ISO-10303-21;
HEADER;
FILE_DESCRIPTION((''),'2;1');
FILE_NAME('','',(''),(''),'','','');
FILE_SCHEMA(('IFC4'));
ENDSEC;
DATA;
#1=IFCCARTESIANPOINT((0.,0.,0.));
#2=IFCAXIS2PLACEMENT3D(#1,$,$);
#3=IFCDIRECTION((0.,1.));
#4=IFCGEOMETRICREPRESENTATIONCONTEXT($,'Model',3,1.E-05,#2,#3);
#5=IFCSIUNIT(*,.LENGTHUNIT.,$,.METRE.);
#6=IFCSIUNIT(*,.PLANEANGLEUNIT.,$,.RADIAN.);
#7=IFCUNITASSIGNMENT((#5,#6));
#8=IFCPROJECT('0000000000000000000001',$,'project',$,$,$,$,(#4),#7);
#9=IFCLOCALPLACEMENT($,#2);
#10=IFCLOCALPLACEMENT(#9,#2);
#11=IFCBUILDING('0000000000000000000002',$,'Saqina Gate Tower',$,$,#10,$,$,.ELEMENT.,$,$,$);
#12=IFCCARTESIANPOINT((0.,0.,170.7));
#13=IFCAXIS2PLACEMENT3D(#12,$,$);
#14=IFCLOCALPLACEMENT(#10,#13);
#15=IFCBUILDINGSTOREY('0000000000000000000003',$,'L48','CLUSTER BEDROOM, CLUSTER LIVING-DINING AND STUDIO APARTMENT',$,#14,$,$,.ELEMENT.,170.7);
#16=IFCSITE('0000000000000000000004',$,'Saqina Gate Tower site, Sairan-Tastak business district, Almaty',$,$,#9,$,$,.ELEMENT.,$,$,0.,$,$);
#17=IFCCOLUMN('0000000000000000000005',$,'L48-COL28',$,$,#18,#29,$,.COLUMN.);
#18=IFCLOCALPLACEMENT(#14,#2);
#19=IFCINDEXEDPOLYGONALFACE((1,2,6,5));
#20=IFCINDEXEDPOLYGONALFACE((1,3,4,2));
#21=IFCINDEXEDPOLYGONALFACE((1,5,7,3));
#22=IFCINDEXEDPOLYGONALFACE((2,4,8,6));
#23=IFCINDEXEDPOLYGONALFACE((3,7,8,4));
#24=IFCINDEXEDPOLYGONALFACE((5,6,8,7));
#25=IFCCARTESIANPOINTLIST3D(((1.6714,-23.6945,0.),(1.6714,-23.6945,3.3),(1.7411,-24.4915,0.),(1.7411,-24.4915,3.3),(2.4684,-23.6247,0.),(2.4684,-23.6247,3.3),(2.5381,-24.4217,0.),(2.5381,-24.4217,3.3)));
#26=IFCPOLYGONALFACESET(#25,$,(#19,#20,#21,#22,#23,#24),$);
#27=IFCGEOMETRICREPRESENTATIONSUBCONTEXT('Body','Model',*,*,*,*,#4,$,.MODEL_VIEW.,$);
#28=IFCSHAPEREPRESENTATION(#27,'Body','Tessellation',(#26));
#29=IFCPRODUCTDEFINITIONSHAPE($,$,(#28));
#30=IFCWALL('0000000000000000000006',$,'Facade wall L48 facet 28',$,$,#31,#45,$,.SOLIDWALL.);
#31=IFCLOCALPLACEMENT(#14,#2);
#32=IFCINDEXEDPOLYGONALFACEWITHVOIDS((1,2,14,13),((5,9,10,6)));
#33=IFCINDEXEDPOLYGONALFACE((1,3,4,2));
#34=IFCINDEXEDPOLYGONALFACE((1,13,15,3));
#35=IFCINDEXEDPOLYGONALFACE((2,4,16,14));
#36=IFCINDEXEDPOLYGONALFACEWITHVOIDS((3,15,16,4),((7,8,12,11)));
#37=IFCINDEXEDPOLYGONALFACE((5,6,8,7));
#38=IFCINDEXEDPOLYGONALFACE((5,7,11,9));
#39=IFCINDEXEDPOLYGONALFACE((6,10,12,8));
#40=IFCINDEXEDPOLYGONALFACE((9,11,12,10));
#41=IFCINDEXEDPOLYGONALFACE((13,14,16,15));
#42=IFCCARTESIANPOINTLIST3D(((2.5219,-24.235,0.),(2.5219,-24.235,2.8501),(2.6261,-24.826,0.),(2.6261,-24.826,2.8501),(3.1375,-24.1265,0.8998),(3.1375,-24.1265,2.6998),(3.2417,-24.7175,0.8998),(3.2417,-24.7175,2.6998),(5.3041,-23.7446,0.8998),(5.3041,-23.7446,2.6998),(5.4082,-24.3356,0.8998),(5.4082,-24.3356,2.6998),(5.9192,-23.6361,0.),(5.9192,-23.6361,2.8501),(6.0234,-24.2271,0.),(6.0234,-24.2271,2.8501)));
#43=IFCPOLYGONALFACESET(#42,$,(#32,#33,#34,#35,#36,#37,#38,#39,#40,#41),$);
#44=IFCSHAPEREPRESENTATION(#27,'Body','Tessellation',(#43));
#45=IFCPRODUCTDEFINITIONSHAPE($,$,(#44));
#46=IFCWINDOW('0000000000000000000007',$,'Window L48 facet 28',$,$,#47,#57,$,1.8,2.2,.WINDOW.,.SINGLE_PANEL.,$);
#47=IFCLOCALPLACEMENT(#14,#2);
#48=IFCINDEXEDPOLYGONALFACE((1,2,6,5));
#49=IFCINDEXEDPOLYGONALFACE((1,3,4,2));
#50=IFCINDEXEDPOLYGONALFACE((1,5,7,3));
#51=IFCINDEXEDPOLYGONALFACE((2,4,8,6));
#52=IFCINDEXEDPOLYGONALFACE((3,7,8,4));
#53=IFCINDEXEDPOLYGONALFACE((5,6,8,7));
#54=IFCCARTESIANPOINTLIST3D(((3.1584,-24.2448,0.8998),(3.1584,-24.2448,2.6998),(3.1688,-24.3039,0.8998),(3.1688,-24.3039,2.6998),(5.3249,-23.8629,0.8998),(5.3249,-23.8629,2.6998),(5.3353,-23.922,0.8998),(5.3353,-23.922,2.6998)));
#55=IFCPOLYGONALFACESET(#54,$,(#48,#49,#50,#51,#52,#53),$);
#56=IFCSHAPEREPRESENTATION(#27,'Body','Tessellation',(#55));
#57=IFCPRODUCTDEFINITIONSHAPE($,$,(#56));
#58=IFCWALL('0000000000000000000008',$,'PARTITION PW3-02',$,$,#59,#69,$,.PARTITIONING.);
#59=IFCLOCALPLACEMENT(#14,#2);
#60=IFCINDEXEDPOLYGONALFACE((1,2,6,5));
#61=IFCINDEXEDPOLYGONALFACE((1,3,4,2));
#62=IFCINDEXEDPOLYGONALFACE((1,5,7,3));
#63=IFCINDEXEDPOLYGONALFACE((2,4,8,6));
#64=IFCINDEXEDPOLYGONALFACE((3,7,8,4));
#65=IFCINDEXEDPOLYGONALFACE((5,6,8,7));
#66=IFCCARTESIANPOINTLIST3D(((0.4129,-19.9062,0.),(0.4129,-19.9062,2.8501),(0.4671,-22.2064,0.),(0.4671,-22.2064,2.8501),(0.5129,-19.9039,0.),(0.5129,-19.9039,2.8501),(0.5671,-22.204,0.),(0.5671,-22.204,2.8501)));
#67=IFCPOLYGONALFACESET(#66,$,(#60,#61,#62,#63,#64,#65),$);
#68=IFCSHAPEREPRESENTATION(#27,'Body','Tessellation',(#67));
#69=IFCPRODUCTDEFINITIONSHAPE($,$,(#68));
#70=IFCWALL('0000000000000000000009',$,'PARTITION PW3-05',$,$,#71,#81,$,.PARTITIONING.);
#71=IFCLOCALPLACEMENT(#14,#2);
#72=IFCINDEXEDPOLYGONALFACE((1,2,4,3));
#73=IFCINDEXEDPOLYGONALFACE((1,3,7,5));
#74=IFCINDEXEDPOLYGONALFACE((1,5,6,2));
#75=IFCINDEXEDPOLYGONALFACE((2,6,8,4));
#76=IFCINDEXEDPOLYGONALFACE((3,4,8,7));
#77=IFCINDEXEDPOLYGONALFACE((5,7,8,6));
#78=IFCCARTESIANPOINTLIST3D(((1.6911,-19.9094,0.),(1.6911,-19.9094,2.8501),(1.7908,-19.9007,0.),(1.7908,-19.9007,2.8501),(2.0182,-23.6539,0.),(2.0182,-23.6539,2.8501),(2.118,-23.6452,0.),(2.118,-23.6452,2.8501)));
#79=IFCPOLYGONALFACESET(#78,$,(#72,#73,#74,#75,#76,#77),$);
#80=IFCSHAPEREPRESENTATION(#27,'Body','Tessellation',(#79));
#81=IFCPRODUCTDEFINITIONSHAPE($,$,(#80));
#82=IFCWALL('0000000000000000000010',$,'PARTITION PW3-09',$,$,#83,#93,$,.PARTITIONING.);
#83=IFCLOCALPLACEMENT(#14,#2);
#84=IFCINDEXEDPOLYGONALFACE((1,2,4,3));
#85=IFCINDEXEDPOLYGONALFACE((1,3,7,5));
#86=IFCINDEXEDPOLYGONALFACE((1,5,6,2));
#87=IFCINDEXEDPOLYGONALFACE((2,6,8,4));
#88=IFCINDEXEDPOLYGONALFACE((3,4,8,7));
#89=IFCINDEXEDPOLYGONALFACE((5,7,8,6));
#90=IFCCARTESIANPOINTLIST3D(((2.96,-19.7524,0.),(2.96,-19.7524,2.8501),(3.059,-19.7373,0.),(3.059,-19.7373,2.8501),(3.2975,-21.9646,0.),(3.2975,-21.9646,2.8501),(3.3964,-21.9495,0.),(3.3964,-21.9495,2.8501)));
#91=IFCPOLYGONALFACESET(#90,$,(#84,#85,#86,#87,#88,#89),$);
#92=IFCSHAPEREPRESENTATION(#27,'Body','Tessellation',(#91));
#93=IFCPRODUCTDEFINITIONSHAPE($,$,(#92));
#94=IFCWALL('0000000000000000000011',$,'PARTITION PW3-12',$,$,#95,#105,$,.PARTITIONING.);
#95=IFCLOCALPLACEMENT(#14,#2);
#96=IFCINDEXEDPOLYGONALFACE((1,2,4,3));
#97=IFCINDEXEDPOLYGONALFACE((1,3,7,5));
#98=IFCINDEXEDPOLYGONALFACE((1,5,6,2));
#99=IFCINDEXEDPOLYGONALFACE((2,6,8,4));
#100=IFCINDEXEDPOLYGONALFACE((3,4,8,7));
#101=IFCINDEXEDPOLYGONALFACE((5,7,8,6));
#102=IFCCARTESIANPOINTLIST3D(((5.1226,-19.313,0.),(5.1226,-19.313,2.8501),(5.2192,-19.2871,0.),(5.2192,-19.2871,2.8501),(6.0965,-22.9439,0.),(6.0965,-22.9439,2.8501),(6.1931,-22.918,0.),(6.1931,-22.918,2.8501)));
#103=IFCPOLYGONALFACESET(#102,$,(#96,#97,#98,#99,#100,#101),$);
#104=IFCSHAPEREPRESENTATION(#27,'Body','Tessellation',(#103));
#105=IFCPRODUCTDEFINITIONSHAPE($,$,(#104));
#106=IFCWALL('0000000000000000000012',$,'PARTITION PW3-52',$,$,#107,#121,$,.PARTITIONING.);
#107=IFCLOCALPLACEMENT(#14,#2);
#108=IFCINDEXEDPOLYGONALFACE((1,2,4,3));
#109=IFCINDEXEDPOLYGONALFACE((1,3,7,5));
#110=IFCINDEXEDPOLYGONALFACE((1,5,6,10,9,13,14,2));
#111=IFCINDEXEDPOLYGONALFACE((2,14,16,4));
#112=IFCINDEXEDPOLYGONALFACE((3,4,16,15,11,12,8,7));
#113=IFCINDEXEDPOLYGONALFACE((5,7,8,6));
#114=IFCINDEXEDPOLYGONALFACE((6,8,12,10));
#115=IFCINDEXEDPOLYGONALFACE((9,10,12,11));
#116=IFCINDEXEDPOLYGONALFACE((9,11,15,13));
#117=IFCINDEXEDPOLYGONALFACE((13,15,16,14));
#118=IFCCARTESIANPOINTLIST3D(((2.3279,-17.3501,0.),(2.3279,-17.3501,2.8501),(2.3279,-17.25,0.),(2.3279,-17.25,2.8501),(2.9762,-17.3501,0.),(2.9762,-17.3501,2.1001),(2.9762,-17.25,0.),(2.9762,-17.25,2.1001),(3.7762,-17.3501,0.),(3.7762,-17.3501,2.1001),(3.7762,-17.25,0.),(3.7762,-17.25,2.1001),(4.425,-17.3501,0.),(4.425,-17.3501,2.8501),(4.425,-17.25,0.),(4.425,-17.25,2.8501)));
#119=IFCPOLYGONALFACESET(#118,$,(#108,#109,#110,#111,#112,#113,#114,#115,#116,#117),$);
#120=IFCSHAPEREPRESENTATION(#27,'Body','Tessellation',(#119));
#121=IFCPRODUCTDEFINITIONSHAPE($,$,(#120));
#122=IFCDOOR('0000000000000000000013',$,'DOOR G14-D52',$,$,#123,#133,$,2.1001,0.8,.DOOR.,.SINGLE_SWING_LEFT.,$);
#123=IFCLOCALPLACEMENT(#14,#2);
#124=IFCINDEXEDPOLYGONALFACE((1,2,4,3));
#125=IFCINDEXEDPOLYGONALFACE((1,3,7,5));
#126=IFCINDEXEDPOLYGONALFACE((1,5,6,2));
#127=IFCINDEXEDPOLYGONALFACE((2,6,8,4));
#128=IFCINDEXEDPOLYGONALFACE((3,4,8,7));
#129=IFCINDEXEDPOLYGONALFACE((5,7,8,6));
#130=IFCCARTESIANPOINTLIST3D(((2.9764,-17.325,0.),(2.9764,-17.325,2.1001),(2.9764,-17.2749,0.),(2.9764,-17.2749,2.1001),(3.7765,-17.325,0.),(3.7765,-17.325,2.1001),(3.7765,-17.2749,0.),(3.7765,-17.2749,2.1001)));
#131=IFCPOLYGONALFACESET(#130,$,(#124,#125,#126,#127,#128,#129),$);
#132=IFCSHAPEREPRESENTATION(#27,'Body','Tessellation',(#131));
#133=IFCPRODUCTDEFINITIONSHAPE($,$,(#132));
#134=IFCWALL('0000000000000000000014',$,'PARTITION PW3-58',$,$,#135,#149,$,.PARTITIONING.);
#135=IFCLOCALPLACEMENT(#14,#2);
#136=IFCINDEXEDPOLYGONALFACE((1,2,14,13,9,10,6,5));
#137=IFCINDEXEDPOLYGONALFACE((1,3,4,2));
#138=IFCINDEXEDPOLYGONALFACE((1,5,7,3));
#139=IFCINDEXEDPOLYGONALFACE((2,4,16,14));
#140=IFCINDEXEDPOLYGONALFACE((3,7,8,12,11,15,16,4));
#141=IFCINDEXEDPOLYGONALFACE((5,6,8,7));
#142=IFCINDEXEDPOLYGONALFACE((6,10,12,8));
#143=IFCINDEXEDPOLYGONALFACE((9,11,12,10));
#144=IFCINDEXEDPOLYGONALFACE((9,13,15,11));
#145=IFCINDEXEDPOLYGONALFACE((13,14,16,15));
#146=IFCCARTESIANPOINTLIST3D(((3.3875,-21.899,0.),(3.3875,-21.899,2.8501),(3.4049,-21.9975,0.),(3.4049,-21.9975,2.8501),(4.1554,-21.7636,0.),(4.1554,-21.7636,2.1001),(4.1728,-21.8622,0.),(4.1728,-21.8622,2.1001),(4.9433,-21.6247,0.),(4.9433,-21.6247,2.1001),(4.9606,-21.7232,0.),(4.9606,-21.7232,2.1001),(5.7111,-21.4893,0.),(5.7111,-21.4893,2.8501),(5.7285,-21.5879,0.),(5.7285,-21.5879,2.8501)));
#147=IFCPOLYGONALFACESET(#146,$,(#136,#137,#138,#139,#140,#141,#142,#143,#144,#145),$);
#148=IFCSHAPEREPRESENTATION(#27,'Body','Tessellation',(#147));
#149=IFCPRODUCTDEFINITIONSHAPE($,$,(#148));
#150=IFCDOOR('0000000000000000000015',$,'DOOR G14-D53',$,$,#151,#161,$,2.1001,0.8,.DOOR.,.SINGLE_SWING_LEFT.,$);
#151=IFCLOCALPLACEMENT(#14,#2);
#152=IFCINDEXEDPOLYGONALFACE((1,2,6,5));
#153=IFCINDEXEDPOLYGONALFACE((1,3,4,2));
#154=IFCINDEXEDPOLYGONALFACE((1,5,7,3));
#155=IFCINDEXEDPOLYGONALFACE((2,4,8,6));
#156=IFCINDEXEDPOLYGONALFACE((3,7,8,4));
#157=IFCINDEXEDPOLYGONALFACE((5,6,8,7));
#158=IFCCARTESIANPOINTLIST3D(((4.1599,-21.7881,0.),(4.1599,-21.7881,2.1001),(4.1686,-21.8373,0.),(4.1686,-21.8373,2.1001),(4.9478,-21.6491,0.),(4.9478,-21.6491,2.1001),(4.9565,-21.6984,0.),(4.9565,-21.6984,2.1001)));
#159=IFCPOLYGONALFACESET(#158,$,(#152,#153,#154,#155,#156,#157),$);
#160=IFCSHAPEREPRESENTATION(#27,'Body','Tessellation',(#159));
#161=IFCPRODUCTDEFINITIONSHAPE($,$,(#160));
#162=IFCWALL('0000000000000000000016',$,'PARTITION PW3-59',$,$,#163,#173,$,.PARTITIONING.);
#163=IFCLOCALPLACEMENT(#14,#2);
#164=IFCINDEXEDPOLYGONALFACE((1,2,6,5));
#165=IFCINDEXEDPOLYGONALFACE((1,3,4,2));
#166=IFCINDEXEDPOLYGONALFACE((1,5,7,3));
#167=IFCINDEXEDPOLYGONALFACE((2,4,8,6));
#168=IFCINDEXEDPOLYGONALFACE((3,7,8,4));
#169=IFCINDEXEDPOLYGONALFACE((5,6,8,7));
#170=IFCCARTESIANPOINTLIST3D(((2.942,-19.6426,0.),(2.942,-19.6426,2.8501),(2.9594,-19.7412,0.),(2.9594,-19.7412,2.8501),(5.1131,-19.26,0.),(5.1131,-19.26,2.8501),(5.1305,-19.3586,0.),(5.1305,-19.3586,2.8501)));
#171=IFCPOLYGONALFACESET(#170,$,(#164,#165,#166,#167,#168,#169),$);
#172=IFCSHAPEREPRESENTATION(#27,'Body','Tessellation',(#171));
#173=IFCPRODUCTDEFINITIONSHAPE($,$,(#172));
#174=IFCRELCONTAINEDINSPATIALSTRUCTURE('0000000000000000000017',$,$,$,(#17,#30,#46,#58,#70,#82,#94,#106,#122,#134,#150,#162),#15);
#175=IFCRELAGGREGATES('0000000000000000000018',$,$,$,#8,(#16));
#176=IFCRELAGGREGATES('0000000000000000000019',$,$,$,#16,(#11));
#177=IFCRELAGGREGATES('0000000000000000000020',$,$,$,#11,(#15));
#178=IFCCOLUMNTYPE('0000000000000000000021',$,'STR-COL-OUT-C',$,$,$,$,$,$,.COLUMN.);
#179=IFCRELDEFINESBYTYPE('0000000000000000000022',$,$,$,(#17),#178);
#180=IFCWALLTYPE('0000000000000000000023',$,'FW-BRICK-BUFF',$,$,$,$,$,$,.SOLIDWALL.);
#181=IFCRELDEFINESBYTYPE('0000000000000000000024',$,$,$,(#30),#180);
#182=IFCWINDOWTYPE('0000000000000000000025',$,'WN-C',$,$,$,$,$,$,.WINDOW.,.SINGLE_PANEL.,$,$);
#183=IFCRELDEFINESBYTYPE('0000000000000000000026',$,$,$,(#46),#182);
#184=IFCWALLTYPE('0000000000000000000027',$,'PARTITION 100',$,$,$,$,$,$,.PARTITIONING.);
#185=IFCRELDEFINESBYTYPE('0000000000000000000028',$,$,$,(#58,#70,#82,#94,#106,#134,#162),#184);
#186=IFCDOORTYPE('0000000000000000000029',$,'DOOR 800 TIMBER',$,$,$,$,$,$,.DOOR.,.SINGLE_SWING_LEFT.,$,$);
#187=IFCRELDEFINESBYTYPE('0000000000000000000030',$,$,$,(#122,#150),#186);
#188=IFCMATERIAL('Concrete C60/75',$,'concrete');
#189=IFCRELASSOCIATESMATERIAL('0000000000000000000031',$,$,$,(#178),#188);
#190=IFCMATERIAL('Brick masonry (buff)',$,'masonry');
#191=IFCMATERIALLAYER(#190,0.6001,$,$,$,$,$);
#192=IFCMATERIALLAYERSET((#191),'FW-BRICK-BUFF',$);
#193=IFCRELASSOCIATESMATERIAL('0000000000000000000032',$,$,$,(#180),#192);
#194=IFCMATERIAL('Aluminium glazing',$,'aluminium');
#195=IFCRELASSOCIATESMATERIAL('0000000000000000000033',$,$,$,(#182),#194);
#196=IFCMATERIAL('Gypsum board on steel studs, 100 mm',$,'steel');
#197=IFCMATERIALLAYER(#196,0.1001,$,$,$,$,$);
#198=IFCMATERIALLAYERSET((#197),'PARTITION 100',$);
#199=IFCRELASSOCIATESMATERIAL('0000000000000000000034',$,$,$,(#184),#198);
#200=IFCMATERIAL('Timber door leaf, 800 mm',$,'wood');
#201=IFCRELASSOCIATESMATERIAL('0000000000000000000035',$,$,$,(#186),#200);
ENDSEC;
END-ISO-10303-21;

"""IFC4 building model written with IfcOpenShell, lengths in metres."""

from ifc_helpers import new_model, si_unit, direction, frame, frame_2d, origin, origin_2d, place, context, subcontext, project, spatial, rectangle, extrude, material, layer, layer_set, material_profile, profile_set, type_object, element, fill, save


model = new_model("IFC4")

# Units and contexts
model_context = context("Model", 3, precision=1e-05, world=origin(), true_north=direction((0.0, 1.0)))
body_context = subcontext(model_context, "Body", "Model", "MODEL_VIEW")
ifc_project = project(units=[si_unit("LENGTHUNIT", "METRE"), si_unit("PLANEANGLEUNIT", "RADIAN")], contexts=[model_context])

# Site, building, storey
site_placement = place(None, origin())
site = spatial("IfcSite", under=ifc_project, at=site_placement, Name="Saqina Gate Tower site, Sairan-Tastak business district, Almaty", CompositionType="ELEMENT", RefElevation=0.0)
building_placement = place(site_placement, origin())
building = spatial("IfcBuilding", under=site, at=building_placement, Name="Saqina Gate Tower", CompositionType="ELEMENT")
storey_placement = place(building_placement, frame((0.0, 0.0, 170.7)))
storey = spatial("IfcBuildingStorey", under=building, at=storey_placement, Name="L48", Description="CLUSTER BEDROOM, CLUSTER LIVING-DINING AND STUDIO APARTMENT", CompositionType="ELEMENT", Elevation=170.7)

# Column
ifc_material_1 = material(Name="Concrete C60/75", Category="concrete")
ifc_material_profile = material_profile(ifc_material_1, rectangle(XDim=0.8, YDim=0.8, at=origin_2d()), Name="RC 800x800")
ifc_profile_set = profile_set([ifc_material_profile], Name="Concrete C60/75")
column_type = type_object("IfcColumnType", Name="STR-COL-OUT-C", PredefinedType="COLUMN", material=ifc_profile_set)
column_placement = place(storey_placement, frame((2.1047, -24.0581, 0.0), z_axis=(0.0, 0.0, 1.0), x_axis=(0.087156, -0.996195, 0.0)))
element("IfcColumn", 1, at=column_placement, inside=storey, type_object=column_type, Name="L48-COL28", PredefinedType="COLUMN", context=body_context, shape_type="SweptSolid", body=[
    extrude(rectangle(XDim=0.8, YDim=0.8, at=origin_2d()), origin(), (0.0, 0.0, 1.0), 3.3),
])

# Wall, opening, window
ifc_material_2 = material(Name="Brick masonry (buff)", Category="masonry")
ifc_layer_1 = layer(ifc_material_2, 0.6001)
ifc_layer_set_1 = layer_set([ifc_layer_1], Name="FW-BRICK-BUFF")
wall_type_1 = type_object("IfcWallType", Name="FW-BRICK-BUFF", PredefinedType="SOLIDWALL", material=ifc_layer_set_1)
wall_1_placement = place(storey_placement, frame((2.574, -24.5305, 0.0), z_axis=(0.0, 0.0, 1.0), x_axis=(0.984815, 0.173608, 0.0)))
wall_1 = element("IfcWall", 2, at=wall_1_placement, inside=storey, type_object=wall_type_1, Name="Facade wall L48 facet 28", PredefinedType="SOLIDWALL", context=body_context, shape_type="SweptSolid", body=[
    extrude(rectangle(XDim=3.4497, YDim=0.6001, at=frame_2d((1.7249, 0.0))), origin(), (0.0, 0.0, 1.0), 2.8501),
])
opening_1_placement = place(wall_1_placement, frame((0.625, 0.0, 0.8999)))
opening_1 = element("IfcOpeningElement", 3, at=opening_1_placement, cuts=wall_1, PredefinedType="OPENING", context=body_context, shape_type="SweptSolid", body=[
    extrude(rectangle(XDim=2.2, YDim=1.8, at=frame_2d((1.1001, 0.8999))), frame((0.0, 0.312, 0.0), z_axis=(0.0, -1.0, 0.0), x_axis=(1.0, 0.0, 0.0)), (0.0, 0.0, 1.0), 0.624),
])
ifc_material_3 = material(Name="Aluminium glazing", Category="aluminium")
window_type = type_object("IfcWindowType", Name="WN-C", PartitioningType="SINGLE_PANEL", PredefinedType="WINDOW", material=ifc_material_3)
window_placement = place(opening_1_placement, origin())
window = element("IfcWindow", 4, at=window_placement, inside=storey, type_object=window_type, Name="Window L48 facet 28", OverallHeight=1.8, OverallWidth=2.2, PartitioningType="SINGLE_PANEL", PredefinedType="WINDOW", context=body_context, shape_type="SweptSolid", body=[
    extrude(rectangle(XDim=2.2, YDim=1.8, at=frame_2d((1.1001, 0.8999))), frame((0.0, 0.1799, 0.0), z_axis=(0.0, -1.0, 0.0), x_axis=(1.0, 0.0, 0.0)), (0.0, 0.0, 1.0), 0.0601),
])
fill(opening_1, window)

# Walls
ifc_material_4 = material(Name="Gypsum board on steel studs, 100 mm", Category="steel")
ifc_layer_2 = layer(ifc_material_4, 0.1001)
ifc_layer_set_2 = layer_set([ifc_layer_2], Name="PARTITION 100")
wall_type_2 = type_object("IfcWallType", Name="PARTITION 100", PredefinedType="PARTITIONING", material=ifc_layer_set_2)
wall_2_placement = place(storey_placement, frame((0.4629, -19.905, 0.0), z_axis=(0.0, 0.0, 1.0), x_axis=(0.023558, -0.999722, 0.0)))
element("IfcWall", 5, at=wall_2_placement, inside=storey, type_object=wall_type_2, Name="PARTITION PW3-02", PredefinedType="PARTITIONING", context=body_context, shape_type="SweptSolid", body=[
    extrude(rectangle(XDim=2.3008, YDim=0.1001, at=frame_2d((1.1504, 0.0))), origin(), (0.0, 0.0, 1.0), 2.8501),
])
wall_3_placement = place(storey_placement, frame((1.741, -19.905, 0.0), z_axis=(0.0, 0.0, 1.0), x_axis=(0.087033, -0.996205, 0.0)))
element("IfcWall", 6, at=wall_3_placement, inside=storey, type_object=wall_type_2, Name="PARTITION PW3-05", PredefinedType="PARTITIONING", context=body_context, shape_type="SweptSolid", body=[
    extrude(rectangle(XDim=3.7588, YDim=0.1001, at=frame_2d((1.8794, 0.0))), origin(), (0.0, 0.0, 1.0), 2.8501),
])
wall_4_placement = place(storey_placement, frame((3.0095, -19.7449, 0.0), z_axis=(0.0, 0.0, 1.0), x_axis=(0.150778, -0.988568, 0.0)))
element("IfcWall", 7, at=wall_4_placement, inside=storey, type_object=wall_type_2, Name="PARTITION PW3-09", PredefinedType="PARTITIONING", context=body_context, shape_type="SweptSolid", body=[
    extrude(rectangle(XDim=2.2378, YDim=0.1001, at=frame_2d((1.1189, 0.0))), origin(), (0.0, 0.0, 1.0), 2.8501),
])
wall_5_placement = place(storey_placement, frame((5.1709, -19.3, 0.0), z_axis=(0.0, 0.0, 1.0), x_axis=(0.259065, -0.96586, 0.0)))
element("IfcWall", 8, at=wall_5_placement, inside=storey, type_object=wall_type_2, Name="PARTITION PW3-12", PredefinedType="PARTITIONING", context=body_context, shape_type="SweptSolid", body=[
    extrude(rectangle(XDim=3.7593, YDim=0.1001, at=frame_2d((1.8796, 0.0))), origin(), (0.0, 0.0, 1.0), 2.8501),
])

# Walls, openings, doors
wall_6_placement = place(storey_placement, frame((2.3279, -17.3, 0.0), z_axis=(0.0, 0.0, 1.0), x_axis=(1.0, 0.0, 0.0)))
wall_6 = element("IfcWall", 9, at=wall_6_placement, inside=storey, type_object=wall_type_2, Name="PARTITION PW3-52", PredefinedType="PARTITIONING", context=body_context, shape_type="SweptSolid", body=[
    extrude(rectangle(XDim=2.0972, YDim=0.1001, at=frame_2d((1.0486, 0.0))), origin(), (0.0, 0.0, 1.0), 2.8501),
])
opening_2_placement = place(wall_6_placement, frame((0.6484, 0.0, 0.0)))
opening_2 = element("IfcOpeningElement", 10, at=opening_2_placement, cuts=wall_6, PredefinedType="OPENING", context=body_context, shape_type="SweptSolid", body=[
    extrude(rectangle(XDim=0.8, YDim=2.1001, at=frame_2d((0.3999, 1.05))), frame((0.0, 0.062, 0.0), z_axis=(0.0, -1.0, 0.0), x_axis=(1.0, 0.0, 0.0)), (0.0, 0.0, 1.0), 0.124),
])
ifc_material_5 = material(Name="Timber door leaf, 800 mm", Category="wood")
door_type_1 = type_object("IfcDoorType", Name="DOOR 800 TIMBER", OperationType="SINGLE_SWING_LEFT", PredefinedType="DOOR", material=ifc_material_5)
door_1_placement = place(opening_2_placement, frame((0.8, 0.0, 0.0), z_axis=(0.0, 0.0, 1.0), x_axis=(-1.0, 0.0, 0.0)))
door_1 = element("IfcDoor", 11, at=door_1_placement, inside=storey, type_object=door_type_1, Name="DOOR G14-D52", OperationType="SINGLE_SWING_LEFT", OverallHeight=2.1001, OverallWidth=0.8, PredefinedType="DOOR", context=body_context, shape_type="SweptSolid", body=[
    extrude(rectangle(XDim=0.8, YDim=2.1001, at=frame_2d((0.3999, 1.05))), frame((0.0, 0.0249, 0.0), z_axis=(0.0, -1.0, 0.0), x_axis=(1.0, 0.0, 0.0)), (0.0, 0.0, 1.0), 0.05),
])
fill(opening_2, door_1)
wall_7_placement = place(storey_placement, frame((3.3962, -21.9482, 0.0), z_axis=(0.0, 0.0, 1.0), x_axis=(0.98481, 0.173638, 0.0)))
wall_7 = element("IfcWall", 12, at=wall_7_placement, inside=storey, type_object=wall_type_2, Name="PARTITION PW3-58", PredefinedType="PARTITIONING", context=body_context, shape_type="SweptSolid", body=[
    extrude(rectangle(XDim=2.3594, YDim=0.1001, at=frame_2d((1.1797, 0.0))), origin(), (0.0, 0.0, 1.0), 2.8501),
])
opening_3_placement = place(wall_7_placement, frame((0.7798, 0.0, 0.0)))
opening_3 = element("IfcOpeningElement", 13, at=opening_3_placement, cuts=wall_7, PredefinedType="OPENING", context=body_context, shape_type="SweptSolid", body=[
    extrude(rectangle(XDim=0.8, YDim=2.1001, at=frame_2d((0.3999, 1.05))), frame((0.0, 0.062, 0.0), z_axis=(0.0, -1.0, 0.0), x_axis=(1.0, 0.0, 0.0)), (0.0, 0.0, 1.0), 0.124),
])
door_2_placement = place(opening_3_placement, frame((0.8, 0.0, 0.0), z_axis=(0.0, 0.0, 1.0), x_axis=(-1.0, 0.0, 0.0)))
door_2 = element("IfcDoor", 14, at=door_2_placement, inside=storey, type_object=door_type_1, Name="DOOR G14-D53", OperationType="SINGLE_SWING_LEFT", OverallHeight=2.1001, OverallWidth=0.8, PredefinedType="DOOR", context=body_context, shape_type="SweptSolid", body=[
    extrude(rectangle(XDim=0.8, YDim=2.1001, at=frame_2d((0.3999, 1.05))), frame((0.0, 0.0249, 0.0), z_axis=(0.0, -1.0, 0.0), x_axis=(1.0, 0.0, 0.0)), (0.0, 0.0, 1.0), 0.05),
])
fill(opening_3, door_2)

# Wall
wall_8_placement = place(storey_placement, frame((2.9507, -19.6919, 0.0), z_axis=(0.0, 0.0, 1.0), x_axis=(0.984828, 0.173533, 0.0)))
element("IfcWall", 15, at=wall_8_placement, inside=storey, type_object=wall_type_2, Name="PARTITION PW3-59", PredefinedType="PARTITIONING", context=body_context, shape_type="SweptSolid", body=[
    extrude(rectangle(XDim=2.2046, YDim=0.1001, at=frame_2d((1.1023, 0.0))), origin(), (0.0, 0.0, 1.0), 2.8501),
])

save(model, "model.ifc")
